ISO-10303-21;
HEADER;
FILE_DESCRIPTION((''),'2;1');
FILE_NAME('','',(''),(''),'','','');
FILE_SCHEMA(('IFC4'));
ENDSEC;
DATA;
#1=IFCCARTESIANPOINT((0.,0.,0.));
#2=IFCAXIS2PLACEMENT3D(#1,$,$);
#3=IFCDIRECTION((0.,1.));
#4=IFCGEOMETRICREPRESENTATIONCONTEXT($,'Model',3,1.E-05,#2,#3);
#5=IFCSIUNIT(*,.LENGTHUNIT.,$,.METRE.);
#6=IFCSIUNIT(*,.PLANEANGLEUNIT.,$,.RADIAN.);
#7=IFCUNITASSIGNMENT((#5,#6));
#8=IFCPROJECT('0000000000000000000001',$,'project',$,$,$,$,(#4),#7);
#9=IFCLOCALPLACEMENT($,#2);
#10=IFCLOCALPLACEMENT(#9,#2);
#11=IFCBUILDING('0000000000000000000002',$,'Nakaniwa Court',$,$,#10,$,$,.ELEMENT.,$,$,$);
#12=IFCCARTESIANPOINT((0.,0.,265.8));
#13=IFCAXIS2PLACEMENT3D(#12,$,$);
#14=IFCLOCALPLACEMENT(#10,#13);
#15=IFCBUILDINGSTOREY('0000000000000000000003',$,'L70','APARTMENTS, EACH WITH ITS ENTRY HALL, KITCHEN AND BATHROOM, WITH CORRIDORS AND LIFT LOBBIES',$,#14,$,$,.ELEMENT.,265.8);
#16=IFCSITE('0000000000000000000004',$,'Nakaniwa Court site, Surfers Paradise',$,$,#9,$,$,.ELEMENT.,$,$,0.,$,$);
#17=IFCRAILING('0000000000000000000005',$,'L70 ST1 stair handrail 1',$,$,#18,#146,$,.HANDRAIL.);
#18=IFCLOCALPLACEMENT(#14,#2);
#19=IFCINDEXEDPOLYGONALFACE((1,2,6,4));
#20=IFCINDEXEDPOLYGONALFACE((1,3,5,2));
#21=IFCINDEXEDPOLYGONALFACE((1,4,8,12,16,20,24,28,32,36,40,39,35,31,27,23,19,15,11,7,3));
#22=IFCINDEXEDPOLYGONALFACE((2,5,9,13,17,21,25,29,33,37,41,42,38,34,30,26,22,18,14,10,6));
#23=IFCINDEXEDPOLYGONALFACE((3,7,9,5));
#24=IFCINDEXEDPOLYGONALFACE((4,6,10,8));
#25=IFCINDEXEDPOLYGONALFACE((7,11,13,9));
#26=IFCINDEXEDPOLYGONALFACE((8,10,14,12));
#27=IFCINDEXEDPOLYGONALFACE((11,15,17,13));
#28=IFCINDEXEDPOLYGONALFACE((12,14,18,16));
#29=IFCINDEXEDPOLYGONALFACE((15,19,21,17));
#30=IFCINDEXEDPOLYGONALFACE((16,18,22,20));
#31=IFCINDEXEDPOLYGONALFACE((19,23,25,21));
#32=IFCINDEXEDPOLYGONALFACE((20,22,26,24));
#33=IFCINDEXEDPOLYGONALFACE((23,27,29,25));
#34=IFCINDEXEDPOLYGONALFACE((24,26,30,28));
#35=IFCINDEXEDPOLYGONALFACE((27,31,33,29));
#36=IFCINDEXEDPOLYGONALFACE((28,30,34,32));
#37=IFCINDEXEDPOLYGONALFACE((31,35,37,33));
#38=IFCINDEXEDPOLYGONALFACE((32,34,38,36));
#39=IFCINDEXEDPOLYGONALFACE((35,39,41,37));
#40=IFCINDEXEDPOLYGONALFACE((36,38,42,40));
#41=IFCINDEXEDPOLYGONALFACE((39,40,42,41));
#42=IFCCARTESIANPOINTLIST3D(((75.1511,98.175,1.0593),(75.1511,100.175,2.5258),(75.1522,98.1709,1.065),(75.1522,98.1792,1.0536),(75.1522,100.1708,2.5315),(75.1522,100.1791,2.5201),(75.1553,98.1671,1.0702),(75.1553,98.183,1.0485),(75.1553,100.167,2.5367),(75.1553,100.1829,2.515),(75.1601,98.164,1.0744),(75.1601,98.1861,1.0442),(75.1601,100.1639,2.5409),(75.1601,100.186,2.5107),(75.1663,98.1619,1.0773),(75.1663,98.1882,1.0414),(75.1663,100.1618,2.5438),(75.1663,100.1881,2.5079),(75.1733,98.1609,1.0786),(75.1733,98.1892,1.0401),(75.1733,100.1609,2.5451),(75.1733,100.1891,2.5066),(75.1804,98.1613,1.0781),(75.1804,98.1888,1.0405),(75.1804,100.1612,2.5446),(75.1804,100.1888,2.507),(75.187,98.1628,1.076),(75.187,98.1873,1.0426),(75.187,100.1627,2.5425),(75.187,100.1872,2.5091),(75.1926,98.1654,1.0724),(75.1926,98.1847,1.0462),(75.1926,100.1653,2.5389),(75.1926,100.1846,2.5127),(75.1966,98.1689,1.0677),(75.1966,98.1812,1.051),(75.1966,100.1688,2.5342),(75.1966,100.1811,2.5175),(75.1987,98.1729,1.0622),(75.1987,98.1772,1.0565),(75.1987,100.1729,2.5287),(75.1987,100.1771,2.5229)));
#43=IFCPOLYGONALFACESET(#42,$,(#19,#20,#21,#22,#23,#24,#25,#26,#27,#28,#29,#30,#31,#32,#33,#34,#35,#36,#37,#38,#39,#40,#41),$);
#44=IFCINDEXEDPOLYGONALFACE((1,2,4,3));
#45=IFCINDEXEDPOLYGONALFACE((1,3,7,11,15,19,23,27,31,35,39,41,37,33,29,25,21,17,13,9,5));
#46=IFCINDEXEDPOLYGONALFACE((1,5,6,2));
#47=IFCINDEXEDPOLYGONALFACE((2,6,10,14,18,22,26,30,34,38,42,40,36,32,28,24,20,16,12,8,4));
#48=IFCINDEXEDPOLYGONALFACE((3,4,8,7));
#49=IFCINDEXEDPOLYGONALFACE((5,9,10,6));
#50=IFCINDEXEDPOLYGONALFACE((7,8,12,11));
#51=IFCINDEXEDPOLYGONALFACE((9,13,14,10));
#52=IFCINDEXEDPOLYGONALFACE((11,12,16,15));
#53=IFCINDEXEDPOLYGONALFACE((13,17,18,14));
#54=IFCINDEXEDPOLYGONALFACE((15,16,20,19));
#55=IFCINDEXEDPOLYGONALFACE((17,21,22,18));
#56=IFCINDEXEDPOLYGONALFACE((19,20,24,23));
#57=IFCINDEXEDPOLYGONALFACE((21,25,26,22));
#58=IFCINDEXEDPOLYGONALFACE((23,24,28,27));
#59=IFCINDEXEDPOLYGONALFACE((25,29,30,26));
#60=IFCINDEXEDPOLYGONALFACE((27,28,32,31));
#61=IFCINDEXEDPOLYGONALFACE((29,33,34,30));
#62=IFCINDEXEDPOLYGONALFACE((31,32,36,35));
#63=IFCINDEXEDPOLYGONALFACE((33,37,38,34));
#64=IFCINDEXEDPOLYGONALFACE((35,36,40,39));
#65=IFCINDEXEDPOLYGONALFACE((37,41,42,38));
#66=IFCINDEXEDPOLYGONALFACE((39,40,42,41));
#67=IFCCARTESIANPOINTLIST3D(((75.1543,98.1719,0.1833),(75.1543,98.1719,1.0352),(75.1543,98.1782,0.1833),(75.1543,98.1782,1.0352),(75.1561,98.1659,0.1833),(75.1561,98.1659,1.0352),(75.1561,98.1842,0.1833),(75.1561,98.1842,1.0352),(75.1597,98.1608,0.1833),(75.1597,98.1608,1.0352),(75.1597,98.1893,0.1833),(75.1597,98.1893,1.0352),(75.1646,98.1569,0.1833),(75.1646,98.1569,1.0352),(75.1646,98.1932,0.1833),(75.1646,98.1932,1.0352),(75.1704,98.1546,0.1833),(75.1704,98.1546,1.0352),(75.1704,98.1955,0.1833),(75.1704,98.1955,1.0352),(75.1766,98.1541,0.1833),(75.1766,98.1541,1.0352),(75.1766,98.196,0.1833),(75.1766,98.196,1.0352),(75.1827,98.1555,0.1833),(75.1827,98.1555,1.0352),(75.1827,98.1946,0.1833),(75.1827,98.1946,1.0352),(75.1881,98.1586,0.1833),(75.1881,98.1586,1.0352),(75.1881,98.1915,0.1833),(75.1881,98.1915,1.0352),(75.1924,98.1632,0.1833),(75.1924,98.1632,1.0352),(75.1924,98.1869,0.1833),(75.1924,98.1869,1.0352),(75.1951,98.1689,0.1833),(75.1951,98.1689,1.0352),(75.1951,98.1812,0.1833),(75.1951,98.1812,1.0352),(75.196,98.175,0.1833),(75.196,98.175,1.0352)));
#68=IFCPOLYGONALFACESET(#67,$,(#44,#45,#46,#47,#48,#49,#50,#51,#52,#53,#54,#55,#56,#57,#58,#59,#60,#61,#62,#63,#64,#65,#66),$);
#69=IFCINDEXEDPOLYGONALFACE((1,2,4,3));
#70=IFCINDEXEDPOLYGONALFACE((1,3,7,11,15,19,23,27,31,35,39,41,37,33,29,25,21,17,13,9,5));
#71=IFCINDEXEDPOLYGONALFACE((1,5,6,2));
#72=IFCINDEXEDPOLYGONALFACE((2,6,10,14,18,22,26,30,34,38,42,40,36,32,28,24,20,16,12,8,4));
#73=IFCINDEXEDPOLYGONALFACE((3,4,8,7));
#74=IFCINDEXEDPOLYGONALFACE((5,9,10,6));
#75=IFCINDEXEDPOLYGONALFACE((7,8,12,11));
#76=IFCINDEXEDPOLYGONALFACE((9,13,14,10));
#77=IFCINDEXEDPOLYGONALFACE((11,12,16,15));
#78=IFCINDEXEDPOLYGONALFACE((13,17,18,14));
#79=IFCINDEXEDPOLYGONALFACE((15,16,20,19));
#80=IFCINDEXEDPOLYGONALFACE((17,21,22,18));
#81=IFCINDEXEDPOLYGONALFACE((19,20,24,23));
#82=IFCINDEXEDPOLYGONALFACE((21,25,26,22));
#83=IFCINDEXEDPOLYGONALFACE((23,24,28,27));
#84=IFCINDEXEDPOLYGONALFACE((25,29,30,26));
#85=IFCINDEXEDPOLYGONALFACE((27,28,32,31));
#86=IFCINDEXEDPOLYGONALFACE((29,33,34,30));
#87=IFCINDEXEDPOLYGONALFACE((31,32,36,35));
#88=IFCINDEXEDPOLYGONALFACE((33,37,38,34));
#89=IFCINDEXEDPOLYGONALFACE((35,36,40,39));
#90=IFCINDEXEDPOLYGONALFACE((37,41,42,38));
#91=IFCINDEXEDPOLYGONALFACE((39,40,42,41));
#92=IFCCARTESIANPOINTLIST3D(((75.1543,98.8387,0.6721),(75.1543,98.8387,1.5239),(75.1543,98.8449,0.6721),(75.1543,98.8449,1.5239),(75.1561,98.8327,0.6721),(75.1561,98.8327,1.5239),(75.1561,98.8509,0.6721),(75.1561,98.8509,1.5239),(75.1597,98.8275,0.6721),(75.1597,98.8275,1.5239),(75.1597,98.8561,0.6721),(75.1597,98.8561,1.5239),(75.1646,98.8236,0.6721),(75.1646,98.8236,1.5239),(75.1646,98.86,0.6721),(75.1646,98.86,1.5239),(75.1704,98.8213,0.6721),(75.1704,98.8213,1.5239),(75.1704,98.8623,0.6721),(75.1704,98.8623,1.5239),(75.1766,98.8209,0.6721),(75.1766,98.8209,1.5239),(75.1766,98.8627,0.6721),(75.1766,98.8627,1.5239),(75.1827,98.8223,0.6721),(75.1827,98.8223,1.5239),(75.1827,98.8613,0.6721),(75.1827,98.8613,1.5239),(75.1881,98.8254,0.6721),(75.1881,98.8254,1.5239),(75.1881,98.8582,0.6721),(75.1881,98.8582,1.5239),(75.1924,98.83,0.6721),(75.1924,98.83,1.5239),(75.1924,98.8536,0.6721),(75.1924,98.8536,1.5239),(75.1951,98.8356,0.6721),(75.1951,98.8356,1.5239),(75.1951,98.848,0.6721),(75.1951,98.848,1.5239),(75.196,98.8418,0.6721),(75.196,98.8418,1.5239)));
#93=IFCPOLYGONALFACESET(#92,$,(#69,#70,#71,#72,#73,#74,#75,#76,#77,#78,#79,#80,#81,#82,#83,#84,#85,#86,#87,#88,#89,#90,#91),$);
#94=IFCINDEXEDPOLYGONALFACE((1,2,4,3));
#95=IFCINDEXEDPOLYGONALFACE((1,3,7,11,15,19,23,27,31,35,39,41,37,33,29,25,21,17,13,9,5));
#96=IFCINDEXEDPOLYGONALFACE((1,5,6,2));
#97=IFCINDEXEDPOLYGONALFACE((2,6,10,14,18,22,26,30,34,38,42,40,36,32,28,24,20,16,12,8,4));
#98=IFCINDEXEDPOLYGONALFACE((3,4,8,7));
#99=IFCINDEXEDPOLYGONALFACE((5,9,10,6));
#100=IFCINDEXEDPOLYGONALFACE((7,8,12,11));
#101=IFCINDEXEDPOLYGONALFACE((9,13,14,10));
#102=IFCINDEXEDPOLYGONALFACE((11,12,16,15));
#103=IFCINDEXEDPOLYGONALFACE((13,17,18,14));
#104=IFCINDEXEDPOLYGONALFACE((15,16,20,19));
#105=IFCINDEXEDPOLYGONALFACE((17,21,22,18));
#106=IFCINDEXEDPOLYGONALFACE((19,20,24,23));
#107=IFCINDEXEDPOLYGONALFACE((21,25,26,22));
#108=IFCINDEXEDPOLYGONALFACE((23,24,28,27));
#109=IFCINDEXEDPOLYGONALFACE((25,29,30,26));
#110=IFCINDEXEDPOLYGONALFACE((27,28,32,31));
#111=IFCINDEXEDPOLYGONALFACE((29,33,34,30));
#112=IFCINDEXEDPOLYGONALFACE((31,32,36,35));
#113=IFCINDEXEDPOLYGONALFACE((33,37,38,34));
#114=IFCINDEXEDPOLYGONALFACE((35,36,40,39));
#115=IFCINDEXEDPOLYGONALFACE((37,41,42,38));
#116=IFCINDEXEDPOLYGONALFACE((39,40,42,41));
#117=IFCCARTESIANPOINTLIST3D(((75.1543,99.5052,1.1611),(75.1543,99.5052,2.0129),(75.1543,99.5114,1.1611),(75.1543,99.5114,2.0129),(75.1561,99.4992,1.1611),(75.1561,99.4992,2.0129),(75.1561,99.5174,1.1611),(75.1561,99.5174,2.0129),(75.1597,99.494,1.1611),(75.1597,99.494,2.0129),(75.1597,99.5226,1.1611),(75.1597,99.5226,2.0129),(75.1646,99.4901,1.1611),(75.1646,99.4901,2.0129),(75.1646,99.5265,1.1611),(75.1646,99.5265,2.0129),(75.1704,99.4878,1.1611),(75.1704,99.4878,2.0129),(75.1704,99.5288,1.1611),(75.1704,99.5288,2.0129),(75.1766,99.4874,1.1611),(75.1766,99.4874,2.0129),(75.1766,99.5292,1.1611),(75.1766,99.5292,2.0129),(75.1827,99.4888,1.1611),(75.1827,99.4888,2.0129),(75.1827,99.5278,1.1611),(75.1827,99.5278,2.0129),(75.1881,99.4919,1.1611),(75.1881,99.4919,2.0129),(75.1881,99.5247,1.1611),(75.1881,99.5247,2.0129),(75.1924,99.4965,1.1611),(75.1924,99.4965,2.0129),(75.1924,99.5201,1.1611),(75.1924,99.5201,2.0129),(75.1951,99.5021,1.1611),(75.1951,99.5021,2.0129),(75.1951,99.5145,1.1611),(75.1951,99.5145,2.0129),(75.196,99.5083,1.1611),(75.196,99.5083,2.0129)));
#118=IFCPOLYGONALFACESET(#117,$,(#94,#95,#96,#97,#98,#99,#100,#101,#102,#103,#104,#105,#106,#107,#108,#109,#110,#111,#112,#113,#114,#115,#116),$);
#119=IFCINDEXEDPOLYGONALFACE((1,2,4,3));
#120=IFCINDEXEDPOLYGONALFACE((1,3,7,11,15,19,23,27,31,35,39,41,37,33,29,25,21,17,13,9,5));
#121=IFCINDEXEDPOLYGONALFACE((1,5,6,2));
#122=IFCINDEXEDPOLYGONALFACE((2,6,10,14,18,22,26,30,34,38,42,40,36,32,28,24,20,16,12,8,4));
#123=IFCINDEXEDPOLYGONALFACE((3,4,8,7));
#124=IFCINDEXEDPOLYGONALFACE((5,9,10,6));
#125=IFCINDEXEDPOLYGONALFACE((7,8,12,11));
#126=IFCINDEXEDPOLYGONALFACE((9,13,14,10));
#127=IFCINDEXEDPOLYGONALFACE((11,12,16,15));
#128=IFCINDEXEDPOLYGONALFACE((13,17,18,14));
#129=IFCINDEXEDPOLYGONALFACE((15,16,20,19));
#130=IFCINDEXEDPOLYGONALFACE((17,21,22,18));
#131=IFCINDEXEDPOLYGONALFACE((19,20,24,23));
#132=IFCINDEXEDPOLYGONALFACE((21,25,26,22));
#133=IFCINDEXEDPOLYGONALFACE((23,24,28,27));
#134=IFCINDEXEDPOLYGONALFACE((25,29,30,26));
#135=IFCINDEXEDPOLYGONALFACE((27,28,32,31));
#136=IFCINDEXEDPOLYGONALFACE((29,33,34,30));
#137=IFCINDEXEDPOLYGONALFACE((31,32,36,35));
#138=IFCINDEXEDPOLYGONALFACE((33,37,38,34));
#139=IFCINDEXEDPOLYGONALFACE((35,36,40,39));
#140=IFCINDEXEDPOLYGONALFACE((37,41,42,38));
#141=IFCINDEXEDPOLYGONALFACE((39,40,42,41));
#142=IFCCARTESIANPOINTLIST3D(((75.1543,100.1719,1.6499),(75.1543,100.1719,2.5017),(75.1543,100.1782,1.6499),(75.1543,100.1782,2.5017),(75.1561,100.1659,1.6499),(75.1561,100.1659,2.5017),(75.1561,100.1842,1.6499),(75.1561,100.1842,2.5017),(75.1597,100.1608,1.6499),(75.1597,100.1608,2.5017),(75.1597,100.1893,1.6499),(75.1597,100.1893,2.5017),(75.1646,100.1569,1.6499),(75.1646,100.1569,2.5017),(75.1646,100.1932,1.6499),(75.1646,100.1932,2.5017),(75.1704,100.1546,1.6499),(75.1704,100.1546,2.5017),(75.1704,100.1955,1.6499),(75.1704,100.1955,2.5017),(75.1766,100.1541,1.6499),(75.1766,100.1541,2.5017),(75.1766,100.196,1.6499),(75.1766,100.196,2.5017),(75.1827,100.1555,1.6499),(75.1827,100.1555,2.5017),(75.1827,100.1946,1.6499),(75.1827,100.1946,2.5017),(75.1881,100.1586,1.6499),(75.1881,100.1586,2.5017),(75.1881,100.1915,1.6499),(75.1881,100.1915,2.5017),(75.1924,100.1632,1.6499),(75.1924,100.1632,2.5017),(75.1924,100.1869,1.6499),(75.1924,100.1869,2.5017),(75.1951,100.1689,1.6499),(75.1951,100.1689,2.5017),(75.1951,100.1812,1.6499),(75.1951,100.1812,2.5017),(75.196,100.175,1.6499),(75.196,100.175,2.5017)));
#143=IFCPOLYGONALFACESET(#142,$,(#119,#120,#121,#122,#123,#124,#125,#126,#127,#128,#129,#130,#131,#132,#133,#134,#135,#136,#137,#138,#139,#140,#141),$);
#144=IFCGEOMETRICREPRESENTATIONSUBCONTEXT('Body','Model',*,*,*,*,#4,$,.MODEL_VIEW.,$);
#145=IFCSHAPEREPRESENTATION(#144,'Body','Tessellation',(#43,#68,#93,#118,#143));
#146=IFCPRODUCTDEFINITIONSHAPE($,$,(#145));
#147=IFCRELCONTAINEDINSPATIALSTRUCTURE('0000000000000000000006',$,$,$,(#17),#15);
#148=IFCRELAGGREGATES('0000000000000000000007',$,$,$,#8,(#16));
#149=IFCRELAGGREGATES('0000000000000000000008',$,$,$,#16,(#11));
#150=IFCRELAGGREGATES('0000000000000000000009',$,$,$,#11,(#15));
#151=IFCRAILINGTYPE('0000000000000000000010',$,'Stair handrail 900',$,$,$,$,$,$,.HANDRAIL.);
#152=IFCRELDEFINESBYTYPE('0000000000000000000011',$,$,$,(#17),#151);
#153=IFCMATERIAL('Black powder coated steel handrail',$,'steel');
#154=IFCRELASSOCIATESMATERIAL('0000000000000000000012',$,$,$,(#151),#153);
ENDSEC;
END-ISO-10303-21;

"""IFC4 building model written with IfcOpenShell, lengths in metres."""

from ifc_helpers import new_model, si_unit, direction, frame, origin, origin_2d, place, context, subcontext, project, spatial, circle, extrude, material, type_object, element, save


model = new_model("IFC4")

# Units and contexts
model_context = context("Model", 3, precision=1e-05, world=origin(), true_north=direction((0.0, 1.0)))
body_context = subcontext(model_context, "Body", "Model", "MODEL_VIEW")
ifc_project = project(units=[si_unit("LENGTHUNIT", "METRE"), si_unit("PLANEANGLEUNIT", "RADIAN")], contexts=[model_context])

# Site, building, storey
site_placement = place(None, origin())
site = spatial("IfcSite", under=ifc_project, at=site_placement, Name="Nakaniwa Court site, Surfers Paradise", CompositionType="ELEMENT", RefElevation=0.0)
building_placement = place(site_placement, origin())
building = spatial("IfcBuilding", under=site, at=building_placement, Name="Nakaniwa Court", CompositionType="ELEMENT")
storey_placement = place(building_placement, frame((0.0, 0.0, 265.8)))
storey = spatial("IfcBuildingStorey", under=building, at=storey_placement, Name="L70", Description="APARTMENTS, EACH WITH ITS ENTRY HALL, KITCHEN AND BATHROOM, WITH CORRIDORS AND LIFT LOBBIES", CompositionType="ELEMENT", Elevation=265.8)

# Railing
ifc_material_1 = material(Name="Black powder coated steel handrail", Category="steel")
railing_type_1 = type_object("IfcRailingType", Name="Stair handrail 900", PredefinedType="HANDRAIL", material=ifc_material_1)
railing_1_placement = place(storey_placement, frame((75.175, 98.175, 0.1833)))
element("IfcRailing", 1, at=railing_1_placement, inside=storey, type_object=railing_type_1, Name="L70 ST1 stair handrail 1", PredefinedType="HANDRAIL", context=body_context, shape_type="SweptSolid", body=[
    extrude(circle(Radius=0.0239, at=origin_2d()), frame((0.0, 0.0, 0.876), z_axis=(0.0, 0.806427, 0.591334), x_axis=(-1.0, 0.0, 0.0)), (0.0, 0.0, 1.0), 2.48),
    extrude(circle(Radius=0.021, at=origin_2d()), origin(), (0.0, 0.0, 1.0), 0.8518),
    extrude(circle(Radius=0.021, at=origin_2d()), frame((0.0, 0.6667, 0.4888)), (0.0, 0.0, 1.0), 0.8518),
    extrude(circle(Radius=0.021, at=origin_2d()), frame((0.0, 1.3333, 0.9778)), (0.0, 0.0, 1.0), 0.8518),
    extrude(circle(Radius=0.021, at=origin_2d()), frame((0.0, 2.0, 1.4666)), (0.0, 0.0, 1.0), 0.8518),
])

save(model, "model.ifc")
